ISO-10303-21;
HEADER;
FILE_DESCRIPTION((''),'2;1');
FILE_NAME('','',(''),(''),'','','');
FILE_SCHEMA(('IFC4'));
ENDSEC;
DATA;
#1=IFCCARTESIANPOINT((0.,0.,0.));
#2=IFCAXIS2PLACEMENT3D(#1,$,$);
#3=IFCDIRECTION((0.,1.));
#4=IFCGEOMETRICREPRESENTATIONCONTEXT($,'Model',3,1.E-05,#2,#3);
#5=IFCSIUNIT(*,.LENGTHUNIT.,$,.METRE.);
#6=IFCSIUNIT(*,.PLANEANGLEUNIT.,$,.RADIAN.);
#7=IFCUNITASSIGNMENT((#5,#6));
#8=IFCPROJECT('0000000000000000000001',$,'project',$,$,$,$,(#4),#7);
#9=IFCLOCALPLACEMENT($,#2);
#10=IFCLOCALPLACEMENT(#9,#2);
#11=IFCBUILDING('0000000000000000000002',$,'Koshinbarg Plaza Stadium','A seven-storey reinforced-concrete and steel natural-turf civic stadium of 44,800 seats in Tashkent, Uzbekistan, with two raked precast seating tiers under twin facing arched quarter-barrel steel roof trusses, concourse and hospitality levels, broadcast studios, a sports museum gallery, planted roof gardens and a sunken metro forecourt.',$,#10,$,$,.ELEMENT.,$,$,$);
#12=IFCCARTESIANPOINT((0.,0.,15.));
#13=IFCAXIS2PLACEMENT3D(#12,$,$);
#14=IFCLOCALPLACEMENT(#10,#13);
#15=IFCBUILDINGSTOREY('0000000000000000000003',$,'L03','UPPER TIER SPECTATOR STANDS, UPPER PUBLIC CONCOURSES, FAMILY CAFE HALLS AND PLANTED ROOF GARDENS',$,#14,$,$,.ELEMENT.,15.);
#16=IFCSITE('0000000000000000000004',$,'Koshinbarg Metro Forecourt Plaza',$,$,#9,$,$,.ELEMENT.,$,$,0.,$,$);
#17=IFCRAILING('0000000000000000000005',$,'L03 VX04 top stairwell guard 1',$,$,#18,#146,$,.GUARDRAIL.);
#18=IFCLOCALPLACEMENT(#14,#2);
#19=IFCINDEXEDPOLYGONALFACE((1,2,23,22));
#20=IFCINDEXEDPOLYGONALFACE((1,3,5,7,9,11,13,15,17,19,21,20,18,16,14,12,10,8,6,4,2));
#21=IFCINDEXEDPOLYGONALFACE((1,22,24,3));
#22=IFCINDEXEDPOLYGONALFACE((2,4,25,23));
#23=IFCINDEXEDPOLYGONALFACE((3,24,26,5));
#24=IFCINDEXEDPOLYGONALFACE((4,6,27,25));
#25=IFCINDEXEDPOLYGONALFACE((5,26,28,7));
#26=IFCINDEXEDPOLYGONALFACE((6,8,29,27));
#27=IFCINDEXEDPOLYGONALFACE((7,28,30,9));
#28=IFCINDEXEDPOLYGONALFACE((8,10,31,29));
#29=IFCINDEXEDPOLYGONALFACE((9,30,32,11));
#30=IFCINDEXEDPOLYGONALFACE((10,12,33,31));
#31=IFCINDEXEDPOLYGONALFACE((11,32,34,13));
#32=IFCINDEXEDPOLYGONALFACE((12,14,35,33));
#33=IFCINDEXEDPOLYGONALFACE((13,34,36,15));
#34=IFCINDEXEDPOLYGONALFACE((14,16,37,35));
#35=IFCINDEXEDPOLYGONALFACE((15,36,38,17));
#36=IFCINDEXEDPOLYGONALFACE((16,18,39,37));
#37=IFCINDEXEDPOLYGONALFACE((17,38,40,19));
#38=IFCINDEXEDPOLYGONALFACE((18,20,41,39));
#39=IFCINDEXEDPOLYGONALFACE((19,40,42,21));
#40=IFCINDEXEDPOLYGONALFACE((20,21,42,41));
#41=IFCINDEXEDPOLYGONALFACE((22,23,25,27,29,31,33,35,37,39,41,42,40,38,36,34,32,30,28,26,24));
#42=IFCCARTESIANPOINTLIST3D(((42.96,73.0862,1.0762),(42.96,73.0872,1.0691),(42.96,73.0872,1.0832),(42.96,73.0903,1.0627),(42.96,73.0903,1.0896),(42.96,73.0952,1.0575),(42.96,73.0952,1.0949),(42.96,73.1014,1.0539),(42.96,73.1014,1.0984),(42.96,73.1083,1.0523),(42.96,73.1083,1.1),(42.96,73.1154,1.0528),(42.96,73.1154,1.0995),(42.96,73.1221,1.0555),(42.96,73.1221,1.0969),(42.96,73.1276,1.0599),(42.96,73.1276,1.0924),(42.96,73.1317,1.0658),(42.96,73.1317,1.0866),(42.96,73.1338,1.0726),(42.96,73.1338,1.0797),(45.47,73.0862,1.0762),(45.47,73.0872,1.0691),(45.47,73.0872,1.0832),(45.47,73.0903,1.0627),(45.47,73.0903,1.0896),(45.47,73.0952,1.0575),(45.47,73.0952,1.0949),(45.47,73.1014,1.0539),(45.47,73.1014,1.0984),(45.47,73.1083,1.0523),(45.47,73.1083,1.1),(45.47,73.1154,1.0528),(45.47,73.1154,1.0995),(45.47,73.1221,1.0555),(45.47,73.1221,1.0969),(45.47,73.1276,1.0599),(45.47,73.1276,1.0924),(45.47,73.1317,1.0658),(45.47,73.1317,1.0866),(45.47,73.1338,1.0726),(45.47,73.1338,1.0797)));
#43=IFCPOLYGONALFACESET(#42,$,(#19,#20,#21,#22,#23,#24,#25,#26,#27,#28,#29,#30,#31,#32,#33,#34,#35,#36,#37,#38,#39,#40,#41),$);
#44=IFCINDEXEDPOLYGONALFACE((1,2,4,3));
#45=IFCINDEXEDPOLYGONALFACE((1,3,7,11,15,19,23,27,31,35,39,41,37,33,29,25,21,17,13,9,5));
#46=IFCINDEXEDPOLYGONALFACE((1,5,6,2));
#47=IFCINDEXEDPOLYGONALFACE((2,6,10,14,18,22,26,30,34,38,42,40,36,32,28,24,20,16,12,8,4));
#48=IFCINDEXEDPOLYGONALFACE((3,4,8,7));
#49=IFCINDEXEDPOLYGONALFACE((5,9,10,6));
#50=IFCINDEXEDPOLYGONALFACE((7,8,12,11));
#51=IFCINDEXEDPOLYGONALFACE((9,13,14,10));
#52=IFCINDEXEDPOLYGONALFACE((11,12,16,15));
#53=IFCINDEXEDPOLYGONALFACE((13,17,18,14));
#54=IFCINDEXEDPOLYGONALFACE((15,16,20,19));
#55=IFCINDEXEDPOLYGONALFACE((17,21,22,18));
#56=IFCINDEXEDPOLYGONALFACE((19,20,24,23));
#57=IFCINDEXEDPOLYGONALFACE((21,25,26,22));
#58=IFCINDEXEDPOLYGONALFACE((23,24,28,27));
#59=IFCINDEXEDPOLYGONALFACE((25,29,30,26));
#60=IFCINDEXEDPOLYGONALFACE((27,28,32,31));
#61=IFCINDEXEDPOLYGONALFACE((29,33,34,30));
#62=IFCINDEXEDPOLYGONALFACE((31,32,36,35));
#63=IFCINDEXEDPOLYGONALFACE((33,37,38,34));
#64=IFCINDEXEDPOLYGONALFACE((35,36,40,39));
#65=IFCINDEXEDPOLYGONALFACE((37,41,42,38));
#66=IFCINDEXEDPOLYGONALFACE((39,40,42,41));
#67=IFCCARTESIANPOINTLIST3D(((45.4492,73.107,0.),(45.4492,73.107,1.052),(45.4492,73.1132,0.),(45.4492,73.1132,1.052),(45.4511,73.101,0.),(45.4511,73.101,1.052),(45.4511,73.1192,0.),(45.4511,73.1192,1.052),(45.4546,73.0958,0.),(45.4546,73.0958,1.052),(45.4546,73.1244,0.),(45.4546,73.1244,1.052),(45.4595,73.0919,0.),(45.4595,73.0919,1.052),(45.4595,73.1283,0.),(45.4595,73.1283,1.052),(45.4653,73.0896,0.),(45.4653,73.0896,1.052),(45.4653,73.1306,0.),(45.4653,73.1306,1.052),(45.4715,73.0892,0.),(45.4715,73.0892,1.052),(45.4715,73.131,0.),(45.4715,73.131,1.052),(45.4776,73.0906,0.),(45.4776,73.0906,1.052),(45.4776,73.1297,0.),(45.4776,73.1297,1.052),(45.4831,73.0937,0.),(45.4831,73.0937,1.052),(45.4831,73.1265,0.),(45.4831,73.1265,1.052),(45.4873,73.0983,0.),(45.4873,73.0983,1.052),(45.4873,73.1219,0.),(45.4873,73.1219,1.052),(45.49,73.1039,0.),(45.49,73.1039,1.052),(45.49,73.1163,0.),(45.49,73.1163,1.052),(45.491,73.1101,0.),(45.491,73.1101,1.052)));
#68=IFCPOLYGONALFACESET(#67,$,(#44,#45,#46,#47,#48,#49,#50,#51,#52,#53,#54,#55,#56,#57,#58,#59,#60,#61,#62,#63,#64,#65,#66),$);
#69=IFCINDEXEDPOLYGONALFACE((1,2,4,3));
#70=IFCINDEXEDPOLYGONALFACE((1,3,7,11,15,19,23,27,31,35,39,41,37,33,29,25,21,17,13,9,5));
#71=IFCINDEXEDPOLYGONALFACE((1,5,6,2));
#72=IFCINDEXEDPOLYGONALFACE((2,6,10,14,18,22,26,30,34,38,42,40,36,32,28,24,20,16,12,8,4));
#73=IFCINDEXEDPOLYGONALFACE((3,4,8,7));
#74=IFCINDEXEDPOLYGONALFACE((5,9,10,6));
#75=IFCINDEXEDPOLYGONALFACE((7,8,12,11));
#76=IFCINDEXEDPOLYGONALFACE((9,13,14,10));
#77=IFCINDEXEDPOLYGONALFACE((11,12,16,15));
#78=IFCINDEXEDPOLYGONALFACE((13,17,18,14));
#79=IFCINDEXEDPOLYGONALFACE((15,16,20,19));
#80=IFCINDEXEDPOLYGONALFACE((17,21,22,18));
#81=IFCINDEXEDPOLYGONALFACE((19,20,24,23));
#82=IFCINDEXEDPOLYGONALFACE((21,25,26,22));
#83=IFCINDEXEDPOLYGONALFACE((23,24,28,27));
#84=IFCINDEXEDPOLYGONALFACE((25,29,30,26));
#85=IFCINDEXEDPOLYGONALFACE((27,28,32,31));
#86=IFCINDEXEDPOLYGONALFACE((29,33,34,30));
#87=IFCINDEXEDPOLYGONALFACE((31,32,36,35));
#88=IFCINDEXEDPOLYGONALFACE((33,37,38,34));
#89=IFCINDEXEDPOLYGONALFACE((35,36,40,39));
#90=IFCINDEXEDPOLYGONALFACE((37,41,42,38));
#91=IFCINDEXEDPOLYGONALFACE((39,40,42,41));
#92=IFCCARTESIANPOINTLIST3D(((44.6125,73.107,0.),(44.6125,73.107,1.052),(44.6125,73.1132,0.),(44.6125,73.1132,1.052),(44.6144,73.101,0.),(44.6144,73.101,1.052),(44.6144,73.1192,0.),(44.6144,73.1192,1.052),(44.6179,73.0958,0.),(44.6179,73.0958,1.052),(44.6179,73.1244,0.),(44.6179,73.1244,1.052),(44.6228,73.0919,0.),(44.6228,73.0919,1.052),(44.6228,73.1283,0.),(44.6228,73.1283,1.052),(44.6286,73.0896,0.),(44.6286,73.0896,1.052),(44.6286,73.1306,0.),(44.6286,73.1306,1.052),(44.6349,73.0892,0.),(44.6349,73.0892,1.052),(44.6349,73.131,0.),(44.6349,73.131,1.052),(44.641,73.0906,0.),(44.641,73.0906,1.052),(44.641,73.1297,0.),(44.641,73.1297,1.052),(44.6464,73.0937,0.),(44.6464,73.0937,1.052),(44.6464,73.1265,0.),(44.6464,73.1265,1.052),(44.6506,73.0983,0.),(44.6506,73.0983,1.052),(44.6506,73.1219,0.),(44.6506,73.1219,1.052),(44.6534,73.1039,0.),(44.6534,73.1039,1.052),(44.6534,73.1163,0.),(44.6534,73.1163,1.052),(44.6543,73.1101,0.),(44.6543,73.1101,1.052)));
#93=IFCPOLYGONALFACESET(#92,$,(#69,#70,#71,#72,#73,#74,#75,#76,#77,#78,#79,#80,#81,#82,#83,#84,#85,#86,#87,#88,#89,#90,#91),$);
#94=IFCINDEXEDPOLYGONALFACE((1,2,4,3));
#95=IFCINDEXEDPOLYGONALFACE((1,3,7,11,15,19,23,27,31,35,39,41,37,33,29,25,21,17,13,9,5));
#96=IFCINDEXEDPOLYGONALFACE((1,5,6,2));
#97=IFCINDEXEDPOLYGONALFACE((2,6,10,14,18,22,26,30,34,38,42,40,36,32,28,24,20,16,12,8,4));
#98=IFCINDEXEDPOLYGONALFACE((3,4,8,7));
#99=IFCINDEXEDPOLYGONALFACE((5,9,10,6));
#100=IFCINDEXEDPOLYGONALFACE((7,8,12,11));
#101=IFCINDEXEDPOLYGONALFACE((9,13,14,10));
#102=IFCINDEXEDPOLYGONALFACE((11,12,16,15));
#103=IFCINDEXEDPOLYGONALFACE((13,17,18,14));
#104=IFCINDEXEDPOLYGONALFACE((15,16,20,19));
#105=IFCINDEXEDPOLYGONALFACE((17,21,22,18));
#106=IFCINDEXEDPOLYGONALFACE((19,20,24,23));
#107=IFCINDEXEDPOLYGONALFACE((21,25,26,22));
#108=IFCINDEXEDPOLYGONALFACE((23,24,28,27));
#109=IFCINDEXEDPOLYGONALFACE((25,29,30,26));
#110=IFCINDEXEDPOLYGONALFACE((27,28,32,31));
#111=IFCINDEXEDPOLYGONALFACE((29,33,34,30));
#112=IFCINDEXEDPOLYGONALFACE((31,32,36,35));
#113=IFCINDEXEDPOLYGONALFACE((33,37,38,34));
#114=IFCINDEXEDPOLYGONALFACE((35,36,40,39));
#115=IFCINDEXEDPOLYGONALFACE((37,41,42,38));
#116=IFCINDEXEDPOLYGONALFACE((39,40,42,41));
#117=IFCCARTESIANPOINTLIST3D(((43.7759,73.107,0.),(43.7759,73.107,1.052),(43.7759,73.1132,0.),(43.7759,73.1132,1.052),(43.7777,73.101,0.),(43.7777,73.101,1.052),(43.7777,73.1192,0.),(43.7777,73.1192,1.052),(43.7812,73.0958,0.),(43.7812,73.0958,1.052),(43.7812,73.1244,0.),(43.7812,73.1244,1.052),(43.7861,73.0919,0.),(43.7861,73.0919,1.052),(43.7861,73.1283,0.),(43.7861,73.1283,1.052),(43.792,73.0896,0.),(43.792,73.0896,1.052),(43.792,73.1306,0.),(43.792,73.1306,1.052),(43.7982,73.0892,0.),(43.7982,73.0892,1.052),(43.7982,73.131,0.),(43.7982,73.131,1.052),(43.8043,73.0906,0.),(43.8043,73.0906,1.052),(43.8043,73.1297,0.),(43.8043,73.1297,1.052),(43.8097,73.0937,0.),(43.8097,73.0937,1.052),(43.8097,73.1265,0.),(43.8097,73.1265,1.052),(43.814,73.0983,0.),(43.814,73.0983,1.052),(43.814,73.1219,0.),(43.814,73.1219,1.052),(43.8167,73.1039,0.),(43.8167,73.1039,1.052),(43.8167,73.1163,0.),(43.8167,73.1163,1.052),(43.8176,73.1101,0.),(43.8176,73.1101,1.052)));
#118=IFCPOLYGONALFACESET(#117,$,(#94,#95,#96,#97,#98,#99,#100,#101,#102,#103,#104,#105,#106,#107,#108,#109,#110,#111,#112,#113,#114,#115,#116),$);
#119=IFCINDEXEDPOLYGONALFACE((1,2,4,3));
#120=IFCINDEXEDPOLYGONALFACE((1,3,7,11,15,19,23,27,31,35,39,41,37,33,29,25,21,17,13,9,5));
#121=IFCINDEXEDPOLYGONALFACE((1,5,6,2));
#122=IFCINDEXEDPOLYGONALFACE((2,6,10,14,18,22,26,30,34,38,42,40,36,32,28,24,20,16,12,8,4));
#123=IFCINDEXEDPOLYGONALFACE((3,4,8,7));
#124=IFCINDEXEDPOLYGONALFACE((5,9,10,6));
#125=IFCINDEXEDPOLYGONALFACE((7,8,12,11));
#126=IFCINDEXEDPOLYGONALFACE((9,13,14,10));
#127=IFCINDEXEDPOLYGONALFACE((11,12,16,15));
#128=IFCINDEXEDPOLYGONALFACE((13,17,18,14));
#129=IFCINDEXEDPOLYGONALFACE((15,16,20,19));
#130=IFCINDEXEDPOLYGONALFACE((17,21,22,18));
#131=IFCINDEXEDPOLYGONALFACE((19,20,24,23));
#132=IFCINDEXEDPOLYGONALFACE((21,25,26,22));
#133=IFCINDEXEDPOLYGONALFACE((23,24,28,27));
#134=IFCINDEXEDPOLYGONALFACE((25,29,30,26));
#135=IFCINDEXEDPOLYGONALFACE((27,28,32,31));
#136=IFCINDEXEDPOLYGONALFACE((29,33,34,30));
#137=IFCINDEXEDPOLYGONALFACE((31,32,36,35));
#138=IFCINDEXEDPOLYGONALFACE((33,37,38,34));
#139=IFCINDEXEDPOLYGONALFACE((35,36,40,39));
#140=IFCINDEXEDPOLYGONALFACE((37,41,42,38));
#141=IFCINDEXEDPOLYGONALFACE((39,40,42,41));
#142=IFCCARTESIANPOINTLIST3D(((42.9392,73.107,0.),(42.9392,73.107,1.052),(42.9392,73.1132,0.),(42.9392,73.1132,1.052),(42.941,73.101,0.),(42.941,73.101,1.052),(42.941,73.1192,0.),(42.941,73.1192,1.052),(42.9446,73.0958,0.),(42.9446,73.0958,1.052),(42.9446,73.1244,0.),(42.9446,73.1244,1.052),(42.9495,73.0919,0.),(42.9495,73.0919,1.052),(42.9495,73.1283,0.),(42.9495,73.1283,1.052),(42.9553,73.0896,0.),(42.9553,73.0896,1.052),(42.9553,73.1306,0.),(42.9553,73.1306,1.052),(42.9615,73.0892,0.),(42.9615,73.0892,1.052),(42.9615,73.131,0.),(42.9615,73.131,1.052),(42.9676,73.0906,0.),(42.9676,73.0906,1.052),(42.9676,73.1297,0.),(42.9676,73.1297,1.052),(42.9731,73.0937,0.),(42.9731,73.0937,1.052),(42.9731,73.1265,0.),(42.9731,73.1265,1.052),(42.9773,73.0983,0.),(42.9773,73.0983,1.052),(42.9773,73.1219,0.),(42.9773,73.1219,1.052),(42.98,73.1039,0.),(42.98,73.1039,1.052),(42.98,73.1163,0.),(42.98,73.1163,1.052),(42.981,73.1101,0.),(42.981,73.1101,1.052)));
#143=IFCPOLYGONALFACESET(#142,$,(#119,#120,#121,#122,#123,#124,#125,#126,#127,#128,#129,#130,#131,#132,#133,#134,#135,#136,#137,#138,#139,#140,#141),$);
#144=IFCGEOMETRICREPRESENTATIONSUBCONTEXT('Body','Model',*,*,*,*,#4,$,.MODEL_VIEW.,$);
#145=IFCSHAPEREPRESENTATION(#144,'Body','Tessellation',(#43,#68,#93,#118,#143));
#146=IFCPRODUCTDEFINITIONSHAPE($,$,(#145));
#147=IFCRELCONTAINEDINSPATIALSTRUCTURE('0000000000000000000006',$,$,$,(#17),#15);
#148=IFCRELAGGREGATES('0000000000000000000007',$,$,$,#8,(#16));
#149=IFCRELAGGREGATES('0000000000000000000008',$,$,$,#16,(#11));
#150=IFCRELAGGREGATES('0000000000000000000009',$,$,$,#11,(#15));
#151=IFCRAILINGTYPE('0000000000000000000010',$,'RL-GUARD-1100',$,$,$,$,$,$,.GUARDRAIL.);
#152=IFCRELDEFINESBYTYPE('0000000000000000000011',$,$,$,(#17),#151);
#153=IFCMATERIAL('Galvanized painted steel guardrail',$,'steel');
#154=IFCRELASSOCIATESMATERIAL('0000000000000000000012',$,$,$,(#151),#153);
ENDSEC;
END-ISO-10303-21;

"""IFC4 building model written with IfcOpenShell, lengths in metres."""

from ifc_helpers import new_model, si_unit, direction, frame, origin, origin_2d, place, context, subcontext, project, spatial, circle, extrude, material, type_object, element, save


model = new_model("IFC4")

# Units and contexts
model_context = context("Model", 3, precision=1e-05, world=origin(), true_north=direction((0.0, 1.0)))
body_context = subcontext(model_context, "Body", "Model", "MODEL_VIEW")
ifc_project = project(units=[si_unit("LENGTHUNIT", "METRE"), si_unit("PLANEANGLEUNIT", "RADIAN")], contexts=[model_context])

# Site, building, storey
site_placement = place(None, origin())
site = spatial("IfcSite", under=ifc_project, at=site_placement, Name="Koshinbarg Metro Forecourt Plaza", CompositionType="ELEMENT", RefElevation=0.0)
building_placement = place(site_placement, origin())
building = spatial("IfcBuilding", under=site, at=building_placement, Name="Koshinbarg Plaza Stadium", Description="A seven-storey reinforced-concrete and steel natural-turf civic stadium of 44,800 seats in Tashkent, Uzbekistan, with two raked precast seating tiers under twin facing arched quarter-barrel steel roof trusses, concourse and hospitality levels, broadcast studios, a sports museum gallery, planted roof gardens and a sunken metro forecourt.", CompositionType="ELEMENT")
storey_placement = place(building_placement, frame((0.0, 0.0, 15.0)))
storey = spatial("IfcBuildingStorey", under=building, at=storey_placement, Name="L03", Description="UPPER TIER SPECTATOR STANDS, UPPER PUBLIC CONCOURSES, FAMILY CAFE HALLS AND PLANTED ROOF GARDENS", CompositionType="ELEMENT", Elevation=15.0)

# Railing
ifc_material_1 = material(Name="Galvanized painted steel guardrail", Category="steel")
railing_type = type_object("IfcRailingType", Name="RL-GUARD-1100", PredefinedType="GUARDRAIL", material=ifc_material_1)
for number, where, name in (
    (1, (45.47, 73.1101, 0.0), "L03 VX04 top stairwell guard 1"),
):
    element("IfcRailing", number, at=place(storey_placement, frame(where)), inside=storey, type_object=railing_type, Name=name, PredefinedType="GUARDRAIL", context=body_context, shape_type="SweptSolid", body=[
        extrude(circle(Radius=0.0239, at=origin_2d()), frame((0.0, 0.0, 1.0762), z_axis=(-1.0, 0.0, 0.0), x_axis=(0.0, -1.0, 0.0)), (0.0, 0.0, 1.0), 2.51),
        extrude(circle(Radius=0.021, at=origin_2d()), origin(), (0.0, 0.0, 1.0), 1.052),
        extrude(circle(Radius=0.021, at=origin_2d()), frame((-0.8367, 0.0, 0.0)), (0.0, 0.0, 1.0), 1.052),
        extrude(circle(Radius=0.021, at=origin_2d()), frame((-1.6733, 0.0, 0.0)), (0.0, 0.0, 1.0), 1.052),
        extrude(circle(Radius=0.021, at=origin_2d()), frame((-2.51, 0.0, 0.0)), (0.0, 0.0, 1.0), 1.052),
    ])

save(model, "model.ifc")
